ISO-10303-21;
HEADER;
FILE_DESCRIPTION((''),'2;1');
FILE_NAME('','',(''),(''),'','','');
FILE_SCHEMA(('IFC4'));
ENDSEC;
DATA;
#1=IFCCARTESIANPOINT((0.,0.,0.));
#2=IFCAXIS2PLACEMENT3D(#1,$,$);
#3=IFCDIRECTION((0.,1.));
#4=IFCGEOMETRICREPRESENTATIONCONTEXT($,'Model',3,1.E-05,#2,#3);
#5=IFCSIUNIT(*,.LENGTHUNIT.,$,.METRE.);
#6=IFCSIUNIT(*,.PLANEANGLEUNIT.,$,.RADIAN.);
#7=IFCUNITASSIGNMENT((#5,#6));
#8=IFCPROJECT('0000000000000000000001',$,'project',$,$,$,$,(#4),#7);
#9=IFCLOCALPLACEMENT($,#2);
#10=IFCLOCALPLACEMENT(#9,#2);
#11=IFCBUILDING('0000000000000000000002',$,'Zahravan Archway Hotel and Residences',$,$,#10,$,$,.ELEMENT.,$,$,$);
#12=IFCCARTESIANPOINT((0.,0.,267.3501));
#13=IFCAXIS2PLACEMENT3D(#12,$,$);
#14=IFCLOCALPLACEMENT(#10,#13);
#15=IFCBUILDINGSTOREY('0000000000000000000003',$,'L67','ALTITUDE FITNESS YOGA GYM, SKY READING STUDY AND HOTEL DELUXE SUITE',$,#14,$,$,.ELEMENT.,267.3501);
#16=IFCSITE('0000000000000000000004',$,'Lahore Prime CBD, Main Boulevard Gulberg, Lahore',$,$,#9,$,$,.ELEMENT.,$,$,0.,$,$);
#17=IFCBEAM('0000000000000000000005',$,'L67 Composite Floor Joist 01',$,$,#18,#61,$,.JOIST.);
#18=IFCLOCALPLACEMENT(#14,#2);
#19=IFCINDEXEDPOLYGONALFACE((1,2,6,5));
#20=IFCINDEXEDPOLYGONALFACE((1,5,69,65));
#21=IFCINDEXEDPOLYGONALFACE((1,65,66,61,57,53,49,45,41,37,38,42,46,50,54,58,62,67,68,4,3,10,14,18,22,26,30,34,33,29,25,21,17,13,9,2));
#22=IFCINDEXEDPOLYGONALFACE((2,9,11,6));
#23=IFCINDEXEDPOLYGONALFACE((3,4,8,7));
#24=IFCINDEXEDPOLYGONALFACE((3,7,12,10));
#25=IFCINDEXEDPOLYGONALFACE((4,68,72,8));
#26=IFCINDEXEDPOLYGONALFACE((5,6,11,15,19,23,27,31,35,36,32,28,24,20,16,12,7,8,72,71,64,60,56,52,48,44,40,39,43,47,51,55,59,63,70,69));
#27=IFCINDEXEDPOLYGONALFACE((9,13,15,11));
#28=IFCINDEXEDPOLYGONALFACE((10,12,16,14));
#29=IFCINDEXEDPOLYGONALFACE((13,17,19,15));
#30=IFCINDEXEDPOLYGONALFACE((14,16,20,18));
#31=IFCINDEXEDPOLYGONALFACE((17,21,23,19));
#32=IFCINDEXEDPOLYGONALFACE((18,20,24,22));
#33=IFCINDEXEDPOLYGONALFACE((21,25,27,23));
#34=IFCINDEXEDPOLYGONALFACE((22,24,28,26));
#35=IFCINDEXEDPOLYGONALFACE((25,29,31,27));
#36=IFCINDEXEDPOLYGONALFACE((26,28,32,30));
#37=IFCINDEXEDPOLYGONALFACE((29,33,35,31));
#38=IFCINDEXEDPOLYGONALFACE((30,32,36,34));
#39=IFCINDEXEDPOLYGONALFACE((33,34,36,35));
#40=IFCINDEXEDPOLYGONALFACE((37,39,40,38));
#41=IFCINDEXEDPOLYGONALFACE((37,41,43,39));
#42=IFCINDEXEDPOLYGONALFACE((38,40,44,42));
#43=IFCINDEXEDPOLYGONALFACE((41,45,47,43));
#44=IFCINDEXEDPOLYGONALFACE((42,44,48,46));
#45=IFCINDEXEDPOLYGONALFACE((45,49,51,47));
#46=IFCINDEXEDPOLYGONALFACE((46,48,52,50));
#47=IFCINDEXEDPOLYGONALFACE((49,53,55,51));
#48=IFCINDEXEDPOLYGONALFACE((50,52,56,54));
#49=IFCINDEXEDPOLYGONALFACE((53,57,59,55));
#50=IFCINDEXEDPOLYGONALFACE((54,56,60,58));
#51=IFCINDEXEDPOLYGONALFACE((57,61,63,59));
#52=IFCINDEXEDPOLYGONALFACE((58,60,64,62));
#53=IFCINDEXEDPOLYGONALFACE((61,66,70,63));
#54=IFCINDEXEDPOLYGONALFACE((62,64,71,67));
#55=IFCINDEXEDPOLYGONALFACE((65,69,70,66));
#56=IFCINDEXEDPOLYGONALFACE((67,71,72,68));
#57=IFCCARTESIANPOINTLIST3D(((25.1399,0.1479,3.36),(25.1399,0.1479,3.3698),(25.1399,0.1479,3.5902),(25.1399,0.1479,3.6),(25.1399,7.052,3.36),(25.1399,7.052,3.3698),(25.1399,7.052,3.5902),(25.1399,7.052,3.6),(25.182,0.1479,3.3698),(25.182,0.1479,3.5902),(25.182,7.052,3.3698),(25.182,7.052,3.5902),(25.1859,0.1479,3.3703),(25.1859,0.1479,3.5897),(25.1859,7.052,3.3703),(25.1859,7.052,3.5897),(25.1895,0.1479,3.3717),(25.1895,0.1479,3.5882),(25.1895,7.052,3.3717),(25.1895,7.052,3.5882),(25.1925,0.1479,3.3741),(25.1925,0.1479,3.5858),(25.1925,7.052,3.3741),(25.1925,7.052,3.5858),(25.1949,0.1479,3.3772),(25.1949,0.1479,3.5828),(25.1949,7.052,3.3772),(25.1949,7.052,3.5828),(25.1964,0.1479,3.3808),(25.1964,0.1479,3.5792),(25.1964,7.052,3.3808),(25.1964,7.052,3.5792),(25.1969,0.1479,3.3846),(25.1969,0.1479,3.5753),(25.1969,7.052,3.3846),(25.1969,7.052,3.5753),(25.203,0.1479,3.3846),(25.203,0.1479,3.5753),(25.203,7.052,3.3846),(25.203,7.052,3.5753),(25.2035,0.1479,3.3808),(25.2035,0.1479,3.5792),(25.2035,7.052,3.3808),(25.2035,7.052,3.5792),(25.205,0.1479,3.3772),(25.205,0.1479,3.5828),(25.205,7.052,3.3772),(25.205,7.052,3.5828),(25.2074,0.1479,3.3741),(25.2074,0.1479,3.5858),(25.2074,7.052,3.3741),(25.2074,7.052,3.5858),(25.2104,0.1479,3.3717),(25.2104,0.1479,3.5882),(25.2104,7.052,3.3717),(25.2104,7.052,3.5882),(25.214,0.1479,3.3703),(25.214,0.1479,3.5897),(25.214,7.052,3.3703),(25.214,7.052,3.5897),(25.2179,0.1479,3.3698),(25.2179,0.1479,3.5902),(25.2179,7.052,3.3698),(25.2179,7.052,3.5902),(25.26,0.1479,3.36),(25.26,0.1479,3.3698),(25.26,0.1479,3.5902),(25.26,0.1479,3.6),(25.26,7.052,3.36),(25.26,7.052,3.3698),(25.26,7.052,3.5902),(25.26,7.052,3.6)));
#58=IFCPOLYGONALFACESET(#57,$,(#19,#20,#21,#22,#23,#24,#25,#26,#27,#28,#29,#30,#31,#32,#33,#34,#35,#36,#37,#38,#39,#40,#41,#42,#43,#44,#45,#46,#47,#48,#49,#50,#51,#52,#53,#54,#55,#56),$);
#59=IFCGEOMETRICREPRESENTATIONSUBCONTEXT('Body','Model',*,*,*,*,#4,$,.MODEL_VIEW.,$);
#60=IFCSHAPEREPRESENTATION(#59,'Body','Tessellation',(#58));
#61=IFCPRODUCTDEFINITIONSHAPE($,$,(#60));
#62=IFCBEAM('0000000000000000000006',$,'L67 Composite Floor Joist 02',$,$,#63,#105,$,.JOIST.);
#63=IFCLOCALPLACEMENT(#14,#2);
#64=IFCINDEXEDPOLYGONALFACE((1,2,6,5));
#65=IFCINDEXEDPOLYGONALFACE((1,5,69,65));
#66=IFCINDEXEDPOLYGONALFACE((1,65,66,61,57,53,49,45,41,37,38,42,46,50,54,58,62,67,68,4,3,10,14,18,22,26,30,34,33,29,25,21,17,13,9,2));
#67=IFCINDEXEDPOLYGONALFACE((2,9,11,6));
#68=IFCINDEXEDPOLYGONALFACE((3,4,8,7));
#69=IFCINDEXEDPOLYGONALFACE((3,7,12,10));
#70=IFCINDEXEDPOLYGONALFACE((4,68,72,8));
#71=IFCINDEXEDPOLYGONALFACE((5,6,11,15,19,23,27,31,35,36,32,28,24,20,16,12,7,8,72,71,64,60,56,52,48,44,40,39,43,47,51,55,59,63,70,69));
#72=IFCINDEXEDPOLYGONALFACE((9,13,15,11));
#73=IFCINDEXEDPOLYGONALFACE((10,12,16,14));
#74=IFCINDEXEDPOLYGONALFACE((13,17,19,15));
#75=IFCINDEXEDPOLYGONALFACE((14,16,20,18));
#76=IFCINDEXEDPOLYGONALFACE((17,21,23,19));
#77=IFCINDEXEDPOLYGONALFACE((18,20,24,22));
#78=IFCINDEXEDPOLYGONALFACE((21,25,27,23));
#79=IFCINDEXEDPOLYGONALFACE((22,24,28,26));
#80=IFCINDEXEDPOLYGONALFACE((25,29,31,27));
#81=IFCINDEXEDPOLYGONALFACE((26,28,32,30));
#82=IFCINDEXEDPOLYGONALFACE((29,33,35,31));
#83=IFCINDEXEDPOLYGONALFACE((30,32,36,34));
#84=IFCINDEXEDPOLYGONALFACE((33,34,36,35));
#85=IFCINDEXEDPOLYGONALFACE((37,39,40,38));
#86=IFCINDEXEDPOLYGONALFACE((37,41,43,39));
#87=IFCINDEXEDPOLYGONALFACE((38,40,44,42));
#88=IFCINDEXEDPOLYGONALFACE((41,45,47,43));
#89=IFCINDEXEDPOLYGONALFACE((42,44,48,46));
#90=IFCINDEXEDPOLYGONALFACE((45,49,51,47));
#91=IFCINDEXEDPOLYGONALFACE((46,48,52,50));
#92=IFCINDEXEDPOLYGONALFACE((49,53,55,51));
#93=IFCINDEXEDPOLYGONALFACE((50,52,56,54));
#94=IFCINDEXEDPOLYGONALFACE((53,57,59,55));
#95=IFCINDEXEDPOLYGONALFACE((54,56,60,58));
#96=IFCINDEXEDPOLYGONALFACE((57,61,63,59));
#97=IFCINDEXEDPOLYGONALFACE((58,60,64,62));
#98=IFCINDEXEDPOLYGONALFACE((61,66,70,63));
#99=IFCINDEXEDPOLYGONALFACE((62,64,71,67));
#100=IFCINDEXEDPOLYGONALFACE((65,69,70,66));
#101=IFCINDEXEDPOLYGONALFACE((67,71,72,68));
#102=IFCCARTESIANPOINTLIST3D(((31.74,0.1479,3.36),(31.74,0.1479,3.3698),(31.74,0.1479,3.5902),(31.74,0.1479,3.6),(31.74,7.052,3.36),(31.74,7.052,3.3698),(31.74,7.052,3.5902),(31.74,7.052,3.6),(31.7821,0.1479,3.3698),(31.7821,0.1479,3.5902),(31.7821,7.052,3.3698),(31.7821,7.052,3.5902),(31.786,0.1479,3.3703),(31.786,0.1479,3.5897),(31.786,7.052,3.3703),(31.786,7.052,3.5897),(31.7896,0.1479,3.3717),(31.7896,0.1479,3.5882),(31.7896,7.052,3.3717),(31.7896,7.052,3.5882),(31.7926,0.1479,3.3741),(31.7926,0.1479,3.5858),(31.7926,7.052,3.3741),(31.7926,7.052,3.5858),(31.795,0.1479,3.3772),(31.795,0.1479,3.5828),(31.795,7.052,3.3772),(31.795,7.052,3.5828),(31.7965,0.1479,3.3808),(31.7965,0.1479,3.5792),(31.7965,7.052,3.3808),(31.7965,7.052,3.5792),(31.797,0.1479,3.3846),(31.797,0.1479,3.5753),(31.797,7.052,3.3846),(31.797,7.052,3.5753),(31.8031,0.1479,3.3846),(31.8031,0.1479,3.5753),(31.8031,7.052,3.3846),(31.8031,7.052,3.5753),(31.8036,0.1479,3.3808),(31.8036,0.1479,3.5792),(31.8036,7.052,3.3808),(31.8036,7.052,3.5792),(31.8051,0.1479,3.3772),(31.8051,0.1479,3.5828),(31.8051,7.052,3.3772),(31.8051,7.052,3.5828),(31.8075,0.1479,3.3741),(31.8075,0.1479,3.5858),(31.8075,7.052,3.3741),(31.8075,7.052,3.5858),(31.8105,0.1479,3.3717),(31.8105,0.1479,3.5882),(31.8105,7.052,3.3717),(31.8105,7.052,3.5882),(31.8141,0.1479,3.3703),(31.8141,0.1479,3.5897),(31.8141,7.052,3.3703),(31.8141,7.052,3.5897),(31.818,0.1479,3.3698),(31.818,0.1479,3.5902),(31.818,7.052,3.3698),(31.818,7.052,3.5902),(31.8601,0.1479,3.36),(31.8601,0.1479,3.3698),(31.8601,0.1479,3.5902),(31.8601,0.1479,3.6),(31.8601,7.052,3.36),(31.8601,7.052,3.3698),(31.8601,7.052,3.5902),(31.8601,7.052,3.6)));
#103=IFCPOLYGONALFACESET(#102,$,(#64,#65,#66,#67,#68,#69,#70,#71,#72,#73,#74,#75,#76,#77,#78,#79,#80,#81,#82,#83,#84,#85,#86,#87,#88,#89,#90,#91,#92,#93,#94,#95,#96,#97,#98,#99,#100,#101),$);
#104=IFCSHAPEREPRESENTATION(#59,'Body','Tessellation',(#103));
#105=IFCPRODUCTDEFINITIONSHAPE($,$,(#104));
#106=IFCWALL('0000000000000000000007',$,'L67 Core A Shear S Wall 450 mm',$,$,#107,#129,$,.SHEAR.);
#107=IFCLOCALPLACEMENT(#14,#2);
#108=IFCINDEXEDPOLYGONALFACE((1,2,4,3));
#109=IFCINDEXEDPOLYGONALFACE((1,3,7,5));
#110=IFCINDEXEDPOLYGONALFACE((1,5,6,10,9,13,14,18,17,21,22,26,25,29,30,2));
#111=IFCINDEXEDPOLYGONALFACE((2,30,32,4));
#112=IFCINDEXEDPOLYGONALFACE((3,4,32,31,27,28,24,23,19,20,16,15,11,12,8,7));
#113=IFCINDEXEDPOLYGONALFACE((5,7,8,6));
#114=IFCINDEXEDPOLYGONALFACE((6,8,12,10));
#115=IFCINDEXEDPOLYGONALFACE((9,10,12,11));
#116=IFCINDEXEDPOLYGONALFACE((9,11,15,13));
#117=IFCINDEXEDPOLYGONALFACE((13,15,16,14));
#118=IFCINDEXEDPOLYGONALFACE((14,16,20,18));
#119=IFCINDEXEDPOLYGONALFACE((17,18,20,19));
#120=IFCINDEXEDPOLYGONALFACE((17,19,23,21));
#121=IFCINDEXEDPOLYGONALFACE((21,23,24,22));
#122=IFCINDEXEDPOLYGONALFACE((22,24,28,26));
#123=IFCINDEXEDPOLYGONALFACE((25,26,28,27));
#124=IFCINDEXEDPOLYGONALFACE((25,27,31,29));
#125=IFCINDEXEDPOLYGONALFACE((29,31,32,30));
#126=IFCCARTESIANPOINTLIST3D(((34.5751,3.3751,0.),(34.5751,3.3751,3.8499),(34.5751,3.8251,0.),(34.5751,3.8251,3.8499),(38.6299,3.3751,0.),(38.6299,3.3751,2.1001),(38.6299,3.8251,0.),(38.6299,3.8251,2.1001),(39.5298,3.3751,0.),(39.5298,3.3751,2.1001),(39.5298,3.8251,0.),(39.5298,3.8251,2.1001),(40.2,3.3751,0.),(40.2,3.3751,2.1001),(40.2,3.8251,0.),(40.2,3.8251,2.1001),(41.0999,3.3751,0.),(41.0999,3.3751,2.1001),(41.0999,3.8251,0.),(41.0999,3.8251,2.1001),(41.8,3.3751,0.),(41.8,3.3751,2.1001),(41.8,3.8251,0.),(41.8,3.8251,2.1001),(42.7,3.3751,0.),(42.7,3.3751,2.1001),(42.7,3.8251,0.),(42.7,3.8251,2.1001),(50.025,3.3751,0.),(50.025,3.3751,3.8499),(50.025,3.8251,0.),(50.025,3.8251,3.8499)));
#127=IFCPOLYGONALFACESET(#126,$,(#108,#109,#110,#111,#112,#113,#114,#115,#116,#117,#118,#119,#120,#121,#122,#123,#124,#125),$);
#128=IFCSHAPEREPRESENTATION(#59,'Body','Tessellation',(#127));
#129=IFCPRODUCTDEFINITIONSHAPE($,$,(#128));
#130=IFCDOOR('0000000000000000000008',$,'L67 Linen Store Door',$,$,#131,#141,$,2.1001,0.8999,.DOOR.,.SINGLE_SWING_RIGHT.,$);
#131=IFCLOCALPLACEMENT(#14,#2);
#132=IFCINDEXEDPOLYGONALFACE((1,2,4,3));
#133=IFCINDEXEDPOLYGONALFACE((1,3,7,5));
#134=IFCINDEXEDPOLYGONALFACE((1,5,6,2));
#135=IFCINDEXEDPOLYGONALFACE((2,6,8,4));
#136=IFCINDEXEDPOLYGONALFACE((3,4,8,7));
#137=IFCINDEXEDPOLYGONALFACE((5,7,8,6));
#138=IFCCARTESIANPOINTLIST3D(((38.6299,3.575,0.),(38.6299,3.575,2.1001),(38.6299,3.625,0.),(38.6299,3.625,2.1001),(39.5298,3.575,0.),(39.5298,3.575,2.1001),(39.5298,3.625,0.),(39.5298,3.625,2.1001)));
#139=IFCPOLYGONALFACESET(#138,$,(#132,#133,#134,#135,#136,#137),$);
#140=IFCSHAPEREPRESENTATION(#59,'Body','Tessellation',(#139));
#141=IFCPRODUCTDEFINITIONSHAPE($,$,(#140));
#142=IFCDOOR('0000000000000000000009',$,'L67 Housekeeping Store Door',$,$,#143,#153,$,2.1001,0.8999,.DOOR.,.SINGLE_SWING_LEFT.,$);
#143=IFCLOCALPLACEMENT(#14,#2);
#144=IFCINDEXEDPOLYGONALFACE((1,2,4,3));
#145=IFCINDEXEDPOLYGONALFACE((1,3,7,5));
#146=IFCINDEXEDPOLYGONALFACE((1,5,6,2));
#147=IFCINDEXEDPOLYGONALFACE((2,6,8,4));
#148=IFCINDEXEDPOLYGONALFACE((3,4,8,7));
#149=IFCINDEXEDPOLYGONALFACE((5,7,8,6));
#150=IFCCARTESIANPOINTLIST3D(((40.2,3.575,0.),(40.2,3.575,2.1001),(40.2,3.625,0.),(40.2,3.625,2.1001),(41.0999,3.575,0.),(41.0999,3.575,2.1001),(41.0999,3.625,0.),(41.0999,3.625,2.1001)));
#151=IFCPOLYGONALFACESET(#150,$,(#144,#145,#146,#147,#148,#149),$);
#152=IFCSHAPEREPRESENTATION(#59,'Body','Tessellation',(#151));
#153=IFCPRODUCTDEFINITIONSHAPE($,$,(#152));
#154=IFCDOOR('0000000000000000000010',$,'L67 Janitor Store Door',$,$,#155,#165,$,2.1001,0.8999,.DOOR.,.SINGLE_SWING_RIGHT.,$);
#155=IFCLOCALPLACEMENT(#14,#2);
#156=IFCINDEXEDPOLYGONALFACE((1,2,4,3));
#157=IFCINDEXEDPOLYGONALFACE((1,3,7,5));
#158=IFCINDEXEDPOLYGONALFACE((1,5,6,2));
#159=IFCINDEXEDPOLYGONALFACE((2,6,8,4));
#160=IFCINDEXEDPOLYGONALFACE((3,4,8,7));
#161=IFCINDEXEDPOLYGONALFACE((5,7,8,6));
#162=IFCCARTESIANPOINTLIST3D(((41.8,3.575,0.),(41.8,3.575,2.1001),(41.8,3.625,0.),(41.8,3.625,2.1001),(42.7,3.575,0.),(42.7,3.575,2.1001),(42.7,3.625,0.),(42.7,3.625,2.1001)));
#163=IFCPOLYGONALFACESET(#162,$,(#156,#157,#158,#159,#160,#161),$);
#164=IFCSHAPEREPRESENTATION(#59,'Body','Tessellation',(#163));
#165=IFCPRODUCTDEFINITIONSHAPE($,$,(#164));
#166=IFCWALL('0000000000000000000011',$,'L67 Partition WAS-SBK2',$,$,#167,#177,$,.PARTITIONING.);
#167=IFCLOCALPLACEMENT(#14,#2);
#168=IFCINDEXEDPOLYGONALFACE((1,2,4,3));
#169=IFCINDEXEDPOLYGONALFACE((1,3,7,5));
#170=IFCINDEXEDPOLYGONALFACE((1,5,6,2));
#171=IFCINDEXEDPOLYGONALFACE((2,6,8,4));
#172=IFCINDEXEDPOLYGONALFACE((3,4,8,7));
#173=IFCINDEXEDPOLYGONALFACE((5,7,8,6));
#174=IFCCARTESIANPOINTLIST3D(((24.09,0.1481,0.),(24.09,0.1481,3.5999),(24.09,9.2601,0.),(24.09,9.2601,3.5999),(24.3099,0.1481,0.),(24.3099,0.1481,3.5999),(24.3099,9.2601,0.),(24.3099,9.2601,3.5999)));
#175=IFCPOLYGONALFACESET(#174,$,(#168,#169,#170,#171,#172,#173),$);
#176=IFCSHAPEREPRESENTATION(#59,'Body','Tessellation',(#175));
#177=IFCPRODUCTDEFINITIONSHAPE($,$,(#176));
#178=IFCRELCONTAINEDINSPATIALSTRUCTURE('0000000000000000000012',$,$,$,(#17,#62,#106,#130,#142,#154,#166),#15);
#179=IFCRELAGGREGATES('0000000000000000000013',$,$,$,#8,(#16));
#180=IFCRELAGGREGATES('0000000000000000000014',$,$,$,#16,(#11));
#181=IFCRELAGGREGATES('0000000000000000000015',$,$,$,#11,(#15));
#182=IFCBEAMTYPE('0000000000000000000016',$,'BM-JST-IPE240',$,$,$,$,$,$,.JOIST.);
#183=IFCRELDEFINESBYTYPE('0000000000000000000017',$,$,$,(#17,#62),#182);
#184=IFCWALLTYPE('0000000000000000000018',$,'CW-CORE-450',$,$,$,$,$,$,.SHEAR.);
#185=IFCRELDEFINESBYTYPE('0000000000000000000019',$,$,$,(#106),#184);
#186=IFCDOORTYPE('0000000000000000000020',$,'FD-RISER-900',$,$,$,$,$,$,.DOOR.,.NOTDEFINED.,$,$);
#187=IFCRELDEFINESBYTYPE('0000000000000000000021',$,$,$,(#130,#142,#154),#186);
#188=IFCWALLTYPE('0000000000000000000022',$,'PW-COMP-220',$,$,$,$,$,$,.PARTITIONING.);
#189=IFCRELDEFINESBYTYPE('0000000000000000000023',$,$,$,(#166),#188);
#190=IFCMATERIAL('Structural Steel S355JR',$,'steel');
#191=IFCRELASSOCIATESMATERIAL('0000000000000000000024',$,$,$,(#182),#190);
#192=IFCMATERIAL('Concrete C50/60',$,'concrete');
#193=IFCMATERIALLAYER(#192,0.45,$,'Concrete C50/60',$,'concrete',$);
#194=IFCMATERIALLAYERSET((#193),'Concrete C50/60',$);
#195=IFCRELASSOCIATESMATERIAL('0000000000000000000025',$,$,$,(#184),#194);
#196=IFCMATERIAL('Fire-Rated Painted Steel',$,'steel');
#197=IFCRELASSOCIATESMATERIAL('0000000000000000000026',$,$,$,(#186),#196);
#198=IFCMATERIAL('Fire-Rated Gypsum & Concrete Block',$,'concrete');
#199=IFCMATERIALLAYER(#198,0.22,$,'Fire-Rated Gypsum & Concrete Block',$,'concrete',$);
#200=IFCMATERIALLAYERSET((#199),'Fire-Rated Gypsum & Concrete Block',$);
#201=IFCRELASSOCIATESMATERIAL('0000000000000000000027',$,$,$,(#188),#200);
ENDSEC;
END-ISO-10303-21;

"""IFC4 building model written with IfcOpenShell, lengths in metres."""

from ifc_helpers import new_model, si_unit, direction, frame, frame_2d, origin, origin_2d, place, context, subcontext, project, spatial, rectangle, i_section, extrude, source, transform, mapped, material, layer, layer_set, material_profile, profile_set, type_object, type_shapes, element, fill, save


model = new_model("IFC4")

# Units and contexts
model_context = context("Model", 3, precision=1e-05, world=origin(), true_north=direction((0.0, 1.0)))
body_context = subcontext(model_context, "Body", "Model", "MODEL_VIEW")
ifc_project = project(units=[si_unit("LENGTHUNIT", "METRE"), si_unit("PLANEANGLEUNIT", "RADIAN")], contexts=[model_context])

# Site, building, storey
site_placement = place(None, origin())
site = spatial("IfcSite", under=ifc_project, at=site_placement, Name="Lahore Prime CBD, Main Boulevard Gulberg, Lahore", CompositionType="ELEMENT", RefElevation=0.0)
building_placement = place(site_placement, origin())
building = spatial("IfcBuilding", under=site, at=building_placement, Name="Zahravan Archway Hotel and Residences", CompositionType="ELEMENT")
storey_placement = place(building_placement, frame((0.0, 0.0, 267.3501)))
storey = spatial("IfcBuildingStorey", under=building, at=storey_placement, Name="L67", Description="ALTITUDE FITNESS YOGA GYM, SKY READING STUDY AND HOTEL DELUXE SUITE", CompositionType="ELEMENT", Elevation=267.3501)

# Shared definitions
ifc_material_1 = material(Name="Concrete C50/60", Category="concrete")

# Beams
ifc_material_2 = material(Name="Structural Steel S355JR", Category="steel")
ifc_material_profile_1 = material_profile(ifc_material_2, i_section(OverallWidth=0.1201, OverallDepth=0.24, WebThickness=0.0061, FlangeThickness=0.0098, FilletRadius=0.0149, at=origin_2d()), Name="IPE 240", Category="steel")
ifc_profile_set_1 = profile_set([ifc_material_profile_1], Name="Structural Steel S355JR")
beam_type_1 = type_object("IfcBeamType", Name="BM-JST-IPE240", PredefinedType="JOIST", material=ifc_profile_set_1)
shared_shape_1 = source(origin(), body_context, "Body", "SweptSolid", [
    extrude(i_section(OverallWidth=0.1201, OverallDepth=0.24, WebThickness=0.0061, FlangeThickness=0.0098, FilletRadius=0.0149, at=origin_2d()), origin(), (0.0, 0.0, 1.0), 6.9041),
])
type_shapes(beam_type_1, [shared_shape_1])
for number, where, z_axis, x_axis, name in (
    (1, (25.2, 0.1479, 3.48), (0.0, 1.0, 0.0), (-1.0, 0.0, 0.0), "L67 Composite Floor Joist 01"),
    (2, (31.8, 0.1479, 3.48), (0.0, 1.0, 0.0), (-1.0, 0.0, 0.0), "L67 Composite Floor Joist 02"),
):
    element("IfcBeam", number, at=place(storey_placement, frame(where, z_axis=z_axis, x_axis=x_axis)), inside=storey, type_object=beam_type_1, Name=name, PredefinedType="JOIST", context=body_context, shape_type="MappedRepresentation", body=[
        mapped(shared_shape_1, transform((0.0, 0.0, 0.0), scale=1.0)),
    ])

# Wall, openings, doors
ifc_layer_1 = layer(ifc_material_1, 0.45, Name="Concrete C50/60", Category="concrete")
ifc_layer_set_1 = layer_set([ifc_layer_1], Name="Concrete C50/60")
wall_type_1 = type_object("IfcWallType", Name="CW-CORE-450", PredefinedType="SHEAR", material=ifc_layer_set_1)
wall_1_placement = place(storey_placement, frame((34.575, 3.6001, 0.0), z_axis=(0.0, 0.0, 1.0), x_axis=(1.0, 0.0, 0.0)))
wall_1 = element("IfcWall", 3, at=wall_1_placement, inside=storey, type_object=wall_type_1, Name="L67 Core A Shear S Wall 450 mm", PredefinedType="SHEAR", context=body_context, shape_type="SweptSolid", body=[
    extrude(rectangle(XDim=15.45, YDim=0.45, at=frame_2d((7.7251, 0.0))), origin(), (0.0, 0.0, 1.0), 3.8499),
])
opening_1_placement = place(wall_1_placement, frame((4.0549, 0.0, 0.0)))
opening_1 = element("IfcOpeningElement", 4, at=opening_1_placement, cuts=wall_1, PredefinedType="OPENING", context=body_context, shape_type="SweptSolid", body=[
    extrude(rectangle(XDim=0.8999, YDim=2.1001, at=frame_2d((0.45, 1.05))), frame((0.0, 0.2349, 0.0), z_axis=(0.0, -1.0, 0.0), x_axis=(1.0, 0.0, 0.0)), (0.0, 0.0, 1.0), 0.47),
])
opening_2_placement = place(wall_1_placement, frame((5.625, 0.0, 0.0)))
opening_2 = element("IfcOpeningElement", 5, at=opening_2_placement, cuts=wall_1, PredefinedType="OPENING", context=body_context, shape_type="SweptSolid", body=[
    extrude(rectangle(XDim=0.8999, YDim=2.1001, at=frame_2d((0.45, 1.05))), frame((0.0, 0.2349, 0.0), z_axis=(0.0, -1.0, 0.0), x_axis=(1.0, 0.0, 0.0)), (0.0, 0.0, 1.0), 0.47),
])
opening_3_placement = place(wall_1_placement, frame((7.2251, 0.0, 0.0)))
opening_3 = element("IfcOpeningElement", 6, at=opening_3_placement, cuts=wall_1, PredefinedType="OPENING", context=body_context, shape_type="SweptSolid", body=[
    extrude(rectangle(XDim=0.8999, YDim=2.1001, at=frame_2d((0.45, 1.05))), frame((0.0, 0.2349, 0.0), z_axis=(0.0, -1.0, 0.0), x_axis=(1.0, 0.0, 0.0)), (0.0, 0.0, 1.0), 0.47),
])
ifc_material_3 = material(Name="Fire-Rated Painted Steel", Category="steel")
door_type_1 = type_object("IfcDoorType", Name="FD-RISER-900", OperationType="NOTDEFINED", PredefinedType="DOOR", material=ifc_material_3)
shared_shape_2 = source(origin(), body_context, "Body", "SweptSolid", [
    extrude(rectangle(XDim=0.8999, YDim=2.1001, at=frame_2d((0.45, 1.05))), frame((0.0, 0.0249, 0.0), z_axis=(0.0, -1.0, 0.0), x_axis=(1.0, 0.0, 0.0)), (0.0, 0.0, 1.0), 0.05),
])
type_shapes(door_type_1, [shared_shape_2])
door_1_placement = place(opening_1_placement, origin())
door_1 = element("IfcDoor", 7, at=door_1_placement, inside=storey, type_object=door_type_1, Name="L67 Linen Store Door", OperationType="SINGLE_SWING_RIGHT", OverallHeight=2.1001, OverallWidth=0.8999, PredefinedType="DOOR", context=body_context, shape_type="MappedRepresentation", body=[
    mapped(shared_shape_2, transform((0.0, 0.0, 0.0), scale=1.0)),
])
fill(opening_1, door_1)
door_2_placement = place(opening_2_placement, origin())
door_2 = element("IfcDoor", 8, at=door_2_placement, inside=storey, type_object=door_type_1, Name="L67 Housekeeping Store Door", OperationType="SINGLE_SWING_LEFT", OverallHeight=2.1001, OverallWidth=0.8999, PredefinedType="DOOR", context=body_context, shape_type="MappedRepresentation", body=[
    mapped(shared_shape_2, transform((0.0, 0.0, 0.0), scale=1.0)),
])
fill(opening_2, door_2)
door_3_placement = place(opening_3_placement, origin())
door_3 = element("IfcDoor", 9, at=door_3_placement, inside=storey, type_object=door_type_1, Name="L67 Janitor Store Door", OperationType="SINGLE_SWING_RIGHT", OverallHeight=2.1001, OverallWidth=0.8999, PredefinedType="DOOR", context=body_context, shape_type="MappedRepresentation", body=[
    mapped(shared_shape_2, transform((0.0, 0.0, 0.0), scale=1.0)),
])
fill(opening_3, door_3)

# Wall
ifc_material_4 = material(Name="Fire-Rated Gypsum & Concrete Block", Category="concrete")
ifc_layer_2 = layer(ifc_material_4, 0.22, Name="Fire-Rated Gypsum & Concrete Block", Category="concrete")
ifc_layer_set_2 = layer_set([ifc_layer_2], Name="Fire-Rated Gypsum & Concrete Block")
wall_type_2 = type_object("IfcWallType", Name="PW-COMP-220", PredefinedType="PARTITIONING", material=ifc_layer_set_2)
wall_2_placement = place(storey_placement, frame((24.2, 0.1479, 0.0), z_axis=(0.0, 0.0, 1.0), x_axis=(0.0, 1.0, 0.0)))
element("IfcWall", 10, at=wall_2_placement, inside=storey, type_object=wall_type_2, Name="L67 Partition WAS-SBK2", PredefinedType="PARTITIONING", context=body_context, shape_type="SweptSolid", body=[
    extrude(rectangle(XDim=9.1121, YDim=0.22, at=frame_2d((4.5562, 0.0))), origin(), (0.0, 0.0, 1.0), 3.5999),
])

save(model, "model.ifc")
